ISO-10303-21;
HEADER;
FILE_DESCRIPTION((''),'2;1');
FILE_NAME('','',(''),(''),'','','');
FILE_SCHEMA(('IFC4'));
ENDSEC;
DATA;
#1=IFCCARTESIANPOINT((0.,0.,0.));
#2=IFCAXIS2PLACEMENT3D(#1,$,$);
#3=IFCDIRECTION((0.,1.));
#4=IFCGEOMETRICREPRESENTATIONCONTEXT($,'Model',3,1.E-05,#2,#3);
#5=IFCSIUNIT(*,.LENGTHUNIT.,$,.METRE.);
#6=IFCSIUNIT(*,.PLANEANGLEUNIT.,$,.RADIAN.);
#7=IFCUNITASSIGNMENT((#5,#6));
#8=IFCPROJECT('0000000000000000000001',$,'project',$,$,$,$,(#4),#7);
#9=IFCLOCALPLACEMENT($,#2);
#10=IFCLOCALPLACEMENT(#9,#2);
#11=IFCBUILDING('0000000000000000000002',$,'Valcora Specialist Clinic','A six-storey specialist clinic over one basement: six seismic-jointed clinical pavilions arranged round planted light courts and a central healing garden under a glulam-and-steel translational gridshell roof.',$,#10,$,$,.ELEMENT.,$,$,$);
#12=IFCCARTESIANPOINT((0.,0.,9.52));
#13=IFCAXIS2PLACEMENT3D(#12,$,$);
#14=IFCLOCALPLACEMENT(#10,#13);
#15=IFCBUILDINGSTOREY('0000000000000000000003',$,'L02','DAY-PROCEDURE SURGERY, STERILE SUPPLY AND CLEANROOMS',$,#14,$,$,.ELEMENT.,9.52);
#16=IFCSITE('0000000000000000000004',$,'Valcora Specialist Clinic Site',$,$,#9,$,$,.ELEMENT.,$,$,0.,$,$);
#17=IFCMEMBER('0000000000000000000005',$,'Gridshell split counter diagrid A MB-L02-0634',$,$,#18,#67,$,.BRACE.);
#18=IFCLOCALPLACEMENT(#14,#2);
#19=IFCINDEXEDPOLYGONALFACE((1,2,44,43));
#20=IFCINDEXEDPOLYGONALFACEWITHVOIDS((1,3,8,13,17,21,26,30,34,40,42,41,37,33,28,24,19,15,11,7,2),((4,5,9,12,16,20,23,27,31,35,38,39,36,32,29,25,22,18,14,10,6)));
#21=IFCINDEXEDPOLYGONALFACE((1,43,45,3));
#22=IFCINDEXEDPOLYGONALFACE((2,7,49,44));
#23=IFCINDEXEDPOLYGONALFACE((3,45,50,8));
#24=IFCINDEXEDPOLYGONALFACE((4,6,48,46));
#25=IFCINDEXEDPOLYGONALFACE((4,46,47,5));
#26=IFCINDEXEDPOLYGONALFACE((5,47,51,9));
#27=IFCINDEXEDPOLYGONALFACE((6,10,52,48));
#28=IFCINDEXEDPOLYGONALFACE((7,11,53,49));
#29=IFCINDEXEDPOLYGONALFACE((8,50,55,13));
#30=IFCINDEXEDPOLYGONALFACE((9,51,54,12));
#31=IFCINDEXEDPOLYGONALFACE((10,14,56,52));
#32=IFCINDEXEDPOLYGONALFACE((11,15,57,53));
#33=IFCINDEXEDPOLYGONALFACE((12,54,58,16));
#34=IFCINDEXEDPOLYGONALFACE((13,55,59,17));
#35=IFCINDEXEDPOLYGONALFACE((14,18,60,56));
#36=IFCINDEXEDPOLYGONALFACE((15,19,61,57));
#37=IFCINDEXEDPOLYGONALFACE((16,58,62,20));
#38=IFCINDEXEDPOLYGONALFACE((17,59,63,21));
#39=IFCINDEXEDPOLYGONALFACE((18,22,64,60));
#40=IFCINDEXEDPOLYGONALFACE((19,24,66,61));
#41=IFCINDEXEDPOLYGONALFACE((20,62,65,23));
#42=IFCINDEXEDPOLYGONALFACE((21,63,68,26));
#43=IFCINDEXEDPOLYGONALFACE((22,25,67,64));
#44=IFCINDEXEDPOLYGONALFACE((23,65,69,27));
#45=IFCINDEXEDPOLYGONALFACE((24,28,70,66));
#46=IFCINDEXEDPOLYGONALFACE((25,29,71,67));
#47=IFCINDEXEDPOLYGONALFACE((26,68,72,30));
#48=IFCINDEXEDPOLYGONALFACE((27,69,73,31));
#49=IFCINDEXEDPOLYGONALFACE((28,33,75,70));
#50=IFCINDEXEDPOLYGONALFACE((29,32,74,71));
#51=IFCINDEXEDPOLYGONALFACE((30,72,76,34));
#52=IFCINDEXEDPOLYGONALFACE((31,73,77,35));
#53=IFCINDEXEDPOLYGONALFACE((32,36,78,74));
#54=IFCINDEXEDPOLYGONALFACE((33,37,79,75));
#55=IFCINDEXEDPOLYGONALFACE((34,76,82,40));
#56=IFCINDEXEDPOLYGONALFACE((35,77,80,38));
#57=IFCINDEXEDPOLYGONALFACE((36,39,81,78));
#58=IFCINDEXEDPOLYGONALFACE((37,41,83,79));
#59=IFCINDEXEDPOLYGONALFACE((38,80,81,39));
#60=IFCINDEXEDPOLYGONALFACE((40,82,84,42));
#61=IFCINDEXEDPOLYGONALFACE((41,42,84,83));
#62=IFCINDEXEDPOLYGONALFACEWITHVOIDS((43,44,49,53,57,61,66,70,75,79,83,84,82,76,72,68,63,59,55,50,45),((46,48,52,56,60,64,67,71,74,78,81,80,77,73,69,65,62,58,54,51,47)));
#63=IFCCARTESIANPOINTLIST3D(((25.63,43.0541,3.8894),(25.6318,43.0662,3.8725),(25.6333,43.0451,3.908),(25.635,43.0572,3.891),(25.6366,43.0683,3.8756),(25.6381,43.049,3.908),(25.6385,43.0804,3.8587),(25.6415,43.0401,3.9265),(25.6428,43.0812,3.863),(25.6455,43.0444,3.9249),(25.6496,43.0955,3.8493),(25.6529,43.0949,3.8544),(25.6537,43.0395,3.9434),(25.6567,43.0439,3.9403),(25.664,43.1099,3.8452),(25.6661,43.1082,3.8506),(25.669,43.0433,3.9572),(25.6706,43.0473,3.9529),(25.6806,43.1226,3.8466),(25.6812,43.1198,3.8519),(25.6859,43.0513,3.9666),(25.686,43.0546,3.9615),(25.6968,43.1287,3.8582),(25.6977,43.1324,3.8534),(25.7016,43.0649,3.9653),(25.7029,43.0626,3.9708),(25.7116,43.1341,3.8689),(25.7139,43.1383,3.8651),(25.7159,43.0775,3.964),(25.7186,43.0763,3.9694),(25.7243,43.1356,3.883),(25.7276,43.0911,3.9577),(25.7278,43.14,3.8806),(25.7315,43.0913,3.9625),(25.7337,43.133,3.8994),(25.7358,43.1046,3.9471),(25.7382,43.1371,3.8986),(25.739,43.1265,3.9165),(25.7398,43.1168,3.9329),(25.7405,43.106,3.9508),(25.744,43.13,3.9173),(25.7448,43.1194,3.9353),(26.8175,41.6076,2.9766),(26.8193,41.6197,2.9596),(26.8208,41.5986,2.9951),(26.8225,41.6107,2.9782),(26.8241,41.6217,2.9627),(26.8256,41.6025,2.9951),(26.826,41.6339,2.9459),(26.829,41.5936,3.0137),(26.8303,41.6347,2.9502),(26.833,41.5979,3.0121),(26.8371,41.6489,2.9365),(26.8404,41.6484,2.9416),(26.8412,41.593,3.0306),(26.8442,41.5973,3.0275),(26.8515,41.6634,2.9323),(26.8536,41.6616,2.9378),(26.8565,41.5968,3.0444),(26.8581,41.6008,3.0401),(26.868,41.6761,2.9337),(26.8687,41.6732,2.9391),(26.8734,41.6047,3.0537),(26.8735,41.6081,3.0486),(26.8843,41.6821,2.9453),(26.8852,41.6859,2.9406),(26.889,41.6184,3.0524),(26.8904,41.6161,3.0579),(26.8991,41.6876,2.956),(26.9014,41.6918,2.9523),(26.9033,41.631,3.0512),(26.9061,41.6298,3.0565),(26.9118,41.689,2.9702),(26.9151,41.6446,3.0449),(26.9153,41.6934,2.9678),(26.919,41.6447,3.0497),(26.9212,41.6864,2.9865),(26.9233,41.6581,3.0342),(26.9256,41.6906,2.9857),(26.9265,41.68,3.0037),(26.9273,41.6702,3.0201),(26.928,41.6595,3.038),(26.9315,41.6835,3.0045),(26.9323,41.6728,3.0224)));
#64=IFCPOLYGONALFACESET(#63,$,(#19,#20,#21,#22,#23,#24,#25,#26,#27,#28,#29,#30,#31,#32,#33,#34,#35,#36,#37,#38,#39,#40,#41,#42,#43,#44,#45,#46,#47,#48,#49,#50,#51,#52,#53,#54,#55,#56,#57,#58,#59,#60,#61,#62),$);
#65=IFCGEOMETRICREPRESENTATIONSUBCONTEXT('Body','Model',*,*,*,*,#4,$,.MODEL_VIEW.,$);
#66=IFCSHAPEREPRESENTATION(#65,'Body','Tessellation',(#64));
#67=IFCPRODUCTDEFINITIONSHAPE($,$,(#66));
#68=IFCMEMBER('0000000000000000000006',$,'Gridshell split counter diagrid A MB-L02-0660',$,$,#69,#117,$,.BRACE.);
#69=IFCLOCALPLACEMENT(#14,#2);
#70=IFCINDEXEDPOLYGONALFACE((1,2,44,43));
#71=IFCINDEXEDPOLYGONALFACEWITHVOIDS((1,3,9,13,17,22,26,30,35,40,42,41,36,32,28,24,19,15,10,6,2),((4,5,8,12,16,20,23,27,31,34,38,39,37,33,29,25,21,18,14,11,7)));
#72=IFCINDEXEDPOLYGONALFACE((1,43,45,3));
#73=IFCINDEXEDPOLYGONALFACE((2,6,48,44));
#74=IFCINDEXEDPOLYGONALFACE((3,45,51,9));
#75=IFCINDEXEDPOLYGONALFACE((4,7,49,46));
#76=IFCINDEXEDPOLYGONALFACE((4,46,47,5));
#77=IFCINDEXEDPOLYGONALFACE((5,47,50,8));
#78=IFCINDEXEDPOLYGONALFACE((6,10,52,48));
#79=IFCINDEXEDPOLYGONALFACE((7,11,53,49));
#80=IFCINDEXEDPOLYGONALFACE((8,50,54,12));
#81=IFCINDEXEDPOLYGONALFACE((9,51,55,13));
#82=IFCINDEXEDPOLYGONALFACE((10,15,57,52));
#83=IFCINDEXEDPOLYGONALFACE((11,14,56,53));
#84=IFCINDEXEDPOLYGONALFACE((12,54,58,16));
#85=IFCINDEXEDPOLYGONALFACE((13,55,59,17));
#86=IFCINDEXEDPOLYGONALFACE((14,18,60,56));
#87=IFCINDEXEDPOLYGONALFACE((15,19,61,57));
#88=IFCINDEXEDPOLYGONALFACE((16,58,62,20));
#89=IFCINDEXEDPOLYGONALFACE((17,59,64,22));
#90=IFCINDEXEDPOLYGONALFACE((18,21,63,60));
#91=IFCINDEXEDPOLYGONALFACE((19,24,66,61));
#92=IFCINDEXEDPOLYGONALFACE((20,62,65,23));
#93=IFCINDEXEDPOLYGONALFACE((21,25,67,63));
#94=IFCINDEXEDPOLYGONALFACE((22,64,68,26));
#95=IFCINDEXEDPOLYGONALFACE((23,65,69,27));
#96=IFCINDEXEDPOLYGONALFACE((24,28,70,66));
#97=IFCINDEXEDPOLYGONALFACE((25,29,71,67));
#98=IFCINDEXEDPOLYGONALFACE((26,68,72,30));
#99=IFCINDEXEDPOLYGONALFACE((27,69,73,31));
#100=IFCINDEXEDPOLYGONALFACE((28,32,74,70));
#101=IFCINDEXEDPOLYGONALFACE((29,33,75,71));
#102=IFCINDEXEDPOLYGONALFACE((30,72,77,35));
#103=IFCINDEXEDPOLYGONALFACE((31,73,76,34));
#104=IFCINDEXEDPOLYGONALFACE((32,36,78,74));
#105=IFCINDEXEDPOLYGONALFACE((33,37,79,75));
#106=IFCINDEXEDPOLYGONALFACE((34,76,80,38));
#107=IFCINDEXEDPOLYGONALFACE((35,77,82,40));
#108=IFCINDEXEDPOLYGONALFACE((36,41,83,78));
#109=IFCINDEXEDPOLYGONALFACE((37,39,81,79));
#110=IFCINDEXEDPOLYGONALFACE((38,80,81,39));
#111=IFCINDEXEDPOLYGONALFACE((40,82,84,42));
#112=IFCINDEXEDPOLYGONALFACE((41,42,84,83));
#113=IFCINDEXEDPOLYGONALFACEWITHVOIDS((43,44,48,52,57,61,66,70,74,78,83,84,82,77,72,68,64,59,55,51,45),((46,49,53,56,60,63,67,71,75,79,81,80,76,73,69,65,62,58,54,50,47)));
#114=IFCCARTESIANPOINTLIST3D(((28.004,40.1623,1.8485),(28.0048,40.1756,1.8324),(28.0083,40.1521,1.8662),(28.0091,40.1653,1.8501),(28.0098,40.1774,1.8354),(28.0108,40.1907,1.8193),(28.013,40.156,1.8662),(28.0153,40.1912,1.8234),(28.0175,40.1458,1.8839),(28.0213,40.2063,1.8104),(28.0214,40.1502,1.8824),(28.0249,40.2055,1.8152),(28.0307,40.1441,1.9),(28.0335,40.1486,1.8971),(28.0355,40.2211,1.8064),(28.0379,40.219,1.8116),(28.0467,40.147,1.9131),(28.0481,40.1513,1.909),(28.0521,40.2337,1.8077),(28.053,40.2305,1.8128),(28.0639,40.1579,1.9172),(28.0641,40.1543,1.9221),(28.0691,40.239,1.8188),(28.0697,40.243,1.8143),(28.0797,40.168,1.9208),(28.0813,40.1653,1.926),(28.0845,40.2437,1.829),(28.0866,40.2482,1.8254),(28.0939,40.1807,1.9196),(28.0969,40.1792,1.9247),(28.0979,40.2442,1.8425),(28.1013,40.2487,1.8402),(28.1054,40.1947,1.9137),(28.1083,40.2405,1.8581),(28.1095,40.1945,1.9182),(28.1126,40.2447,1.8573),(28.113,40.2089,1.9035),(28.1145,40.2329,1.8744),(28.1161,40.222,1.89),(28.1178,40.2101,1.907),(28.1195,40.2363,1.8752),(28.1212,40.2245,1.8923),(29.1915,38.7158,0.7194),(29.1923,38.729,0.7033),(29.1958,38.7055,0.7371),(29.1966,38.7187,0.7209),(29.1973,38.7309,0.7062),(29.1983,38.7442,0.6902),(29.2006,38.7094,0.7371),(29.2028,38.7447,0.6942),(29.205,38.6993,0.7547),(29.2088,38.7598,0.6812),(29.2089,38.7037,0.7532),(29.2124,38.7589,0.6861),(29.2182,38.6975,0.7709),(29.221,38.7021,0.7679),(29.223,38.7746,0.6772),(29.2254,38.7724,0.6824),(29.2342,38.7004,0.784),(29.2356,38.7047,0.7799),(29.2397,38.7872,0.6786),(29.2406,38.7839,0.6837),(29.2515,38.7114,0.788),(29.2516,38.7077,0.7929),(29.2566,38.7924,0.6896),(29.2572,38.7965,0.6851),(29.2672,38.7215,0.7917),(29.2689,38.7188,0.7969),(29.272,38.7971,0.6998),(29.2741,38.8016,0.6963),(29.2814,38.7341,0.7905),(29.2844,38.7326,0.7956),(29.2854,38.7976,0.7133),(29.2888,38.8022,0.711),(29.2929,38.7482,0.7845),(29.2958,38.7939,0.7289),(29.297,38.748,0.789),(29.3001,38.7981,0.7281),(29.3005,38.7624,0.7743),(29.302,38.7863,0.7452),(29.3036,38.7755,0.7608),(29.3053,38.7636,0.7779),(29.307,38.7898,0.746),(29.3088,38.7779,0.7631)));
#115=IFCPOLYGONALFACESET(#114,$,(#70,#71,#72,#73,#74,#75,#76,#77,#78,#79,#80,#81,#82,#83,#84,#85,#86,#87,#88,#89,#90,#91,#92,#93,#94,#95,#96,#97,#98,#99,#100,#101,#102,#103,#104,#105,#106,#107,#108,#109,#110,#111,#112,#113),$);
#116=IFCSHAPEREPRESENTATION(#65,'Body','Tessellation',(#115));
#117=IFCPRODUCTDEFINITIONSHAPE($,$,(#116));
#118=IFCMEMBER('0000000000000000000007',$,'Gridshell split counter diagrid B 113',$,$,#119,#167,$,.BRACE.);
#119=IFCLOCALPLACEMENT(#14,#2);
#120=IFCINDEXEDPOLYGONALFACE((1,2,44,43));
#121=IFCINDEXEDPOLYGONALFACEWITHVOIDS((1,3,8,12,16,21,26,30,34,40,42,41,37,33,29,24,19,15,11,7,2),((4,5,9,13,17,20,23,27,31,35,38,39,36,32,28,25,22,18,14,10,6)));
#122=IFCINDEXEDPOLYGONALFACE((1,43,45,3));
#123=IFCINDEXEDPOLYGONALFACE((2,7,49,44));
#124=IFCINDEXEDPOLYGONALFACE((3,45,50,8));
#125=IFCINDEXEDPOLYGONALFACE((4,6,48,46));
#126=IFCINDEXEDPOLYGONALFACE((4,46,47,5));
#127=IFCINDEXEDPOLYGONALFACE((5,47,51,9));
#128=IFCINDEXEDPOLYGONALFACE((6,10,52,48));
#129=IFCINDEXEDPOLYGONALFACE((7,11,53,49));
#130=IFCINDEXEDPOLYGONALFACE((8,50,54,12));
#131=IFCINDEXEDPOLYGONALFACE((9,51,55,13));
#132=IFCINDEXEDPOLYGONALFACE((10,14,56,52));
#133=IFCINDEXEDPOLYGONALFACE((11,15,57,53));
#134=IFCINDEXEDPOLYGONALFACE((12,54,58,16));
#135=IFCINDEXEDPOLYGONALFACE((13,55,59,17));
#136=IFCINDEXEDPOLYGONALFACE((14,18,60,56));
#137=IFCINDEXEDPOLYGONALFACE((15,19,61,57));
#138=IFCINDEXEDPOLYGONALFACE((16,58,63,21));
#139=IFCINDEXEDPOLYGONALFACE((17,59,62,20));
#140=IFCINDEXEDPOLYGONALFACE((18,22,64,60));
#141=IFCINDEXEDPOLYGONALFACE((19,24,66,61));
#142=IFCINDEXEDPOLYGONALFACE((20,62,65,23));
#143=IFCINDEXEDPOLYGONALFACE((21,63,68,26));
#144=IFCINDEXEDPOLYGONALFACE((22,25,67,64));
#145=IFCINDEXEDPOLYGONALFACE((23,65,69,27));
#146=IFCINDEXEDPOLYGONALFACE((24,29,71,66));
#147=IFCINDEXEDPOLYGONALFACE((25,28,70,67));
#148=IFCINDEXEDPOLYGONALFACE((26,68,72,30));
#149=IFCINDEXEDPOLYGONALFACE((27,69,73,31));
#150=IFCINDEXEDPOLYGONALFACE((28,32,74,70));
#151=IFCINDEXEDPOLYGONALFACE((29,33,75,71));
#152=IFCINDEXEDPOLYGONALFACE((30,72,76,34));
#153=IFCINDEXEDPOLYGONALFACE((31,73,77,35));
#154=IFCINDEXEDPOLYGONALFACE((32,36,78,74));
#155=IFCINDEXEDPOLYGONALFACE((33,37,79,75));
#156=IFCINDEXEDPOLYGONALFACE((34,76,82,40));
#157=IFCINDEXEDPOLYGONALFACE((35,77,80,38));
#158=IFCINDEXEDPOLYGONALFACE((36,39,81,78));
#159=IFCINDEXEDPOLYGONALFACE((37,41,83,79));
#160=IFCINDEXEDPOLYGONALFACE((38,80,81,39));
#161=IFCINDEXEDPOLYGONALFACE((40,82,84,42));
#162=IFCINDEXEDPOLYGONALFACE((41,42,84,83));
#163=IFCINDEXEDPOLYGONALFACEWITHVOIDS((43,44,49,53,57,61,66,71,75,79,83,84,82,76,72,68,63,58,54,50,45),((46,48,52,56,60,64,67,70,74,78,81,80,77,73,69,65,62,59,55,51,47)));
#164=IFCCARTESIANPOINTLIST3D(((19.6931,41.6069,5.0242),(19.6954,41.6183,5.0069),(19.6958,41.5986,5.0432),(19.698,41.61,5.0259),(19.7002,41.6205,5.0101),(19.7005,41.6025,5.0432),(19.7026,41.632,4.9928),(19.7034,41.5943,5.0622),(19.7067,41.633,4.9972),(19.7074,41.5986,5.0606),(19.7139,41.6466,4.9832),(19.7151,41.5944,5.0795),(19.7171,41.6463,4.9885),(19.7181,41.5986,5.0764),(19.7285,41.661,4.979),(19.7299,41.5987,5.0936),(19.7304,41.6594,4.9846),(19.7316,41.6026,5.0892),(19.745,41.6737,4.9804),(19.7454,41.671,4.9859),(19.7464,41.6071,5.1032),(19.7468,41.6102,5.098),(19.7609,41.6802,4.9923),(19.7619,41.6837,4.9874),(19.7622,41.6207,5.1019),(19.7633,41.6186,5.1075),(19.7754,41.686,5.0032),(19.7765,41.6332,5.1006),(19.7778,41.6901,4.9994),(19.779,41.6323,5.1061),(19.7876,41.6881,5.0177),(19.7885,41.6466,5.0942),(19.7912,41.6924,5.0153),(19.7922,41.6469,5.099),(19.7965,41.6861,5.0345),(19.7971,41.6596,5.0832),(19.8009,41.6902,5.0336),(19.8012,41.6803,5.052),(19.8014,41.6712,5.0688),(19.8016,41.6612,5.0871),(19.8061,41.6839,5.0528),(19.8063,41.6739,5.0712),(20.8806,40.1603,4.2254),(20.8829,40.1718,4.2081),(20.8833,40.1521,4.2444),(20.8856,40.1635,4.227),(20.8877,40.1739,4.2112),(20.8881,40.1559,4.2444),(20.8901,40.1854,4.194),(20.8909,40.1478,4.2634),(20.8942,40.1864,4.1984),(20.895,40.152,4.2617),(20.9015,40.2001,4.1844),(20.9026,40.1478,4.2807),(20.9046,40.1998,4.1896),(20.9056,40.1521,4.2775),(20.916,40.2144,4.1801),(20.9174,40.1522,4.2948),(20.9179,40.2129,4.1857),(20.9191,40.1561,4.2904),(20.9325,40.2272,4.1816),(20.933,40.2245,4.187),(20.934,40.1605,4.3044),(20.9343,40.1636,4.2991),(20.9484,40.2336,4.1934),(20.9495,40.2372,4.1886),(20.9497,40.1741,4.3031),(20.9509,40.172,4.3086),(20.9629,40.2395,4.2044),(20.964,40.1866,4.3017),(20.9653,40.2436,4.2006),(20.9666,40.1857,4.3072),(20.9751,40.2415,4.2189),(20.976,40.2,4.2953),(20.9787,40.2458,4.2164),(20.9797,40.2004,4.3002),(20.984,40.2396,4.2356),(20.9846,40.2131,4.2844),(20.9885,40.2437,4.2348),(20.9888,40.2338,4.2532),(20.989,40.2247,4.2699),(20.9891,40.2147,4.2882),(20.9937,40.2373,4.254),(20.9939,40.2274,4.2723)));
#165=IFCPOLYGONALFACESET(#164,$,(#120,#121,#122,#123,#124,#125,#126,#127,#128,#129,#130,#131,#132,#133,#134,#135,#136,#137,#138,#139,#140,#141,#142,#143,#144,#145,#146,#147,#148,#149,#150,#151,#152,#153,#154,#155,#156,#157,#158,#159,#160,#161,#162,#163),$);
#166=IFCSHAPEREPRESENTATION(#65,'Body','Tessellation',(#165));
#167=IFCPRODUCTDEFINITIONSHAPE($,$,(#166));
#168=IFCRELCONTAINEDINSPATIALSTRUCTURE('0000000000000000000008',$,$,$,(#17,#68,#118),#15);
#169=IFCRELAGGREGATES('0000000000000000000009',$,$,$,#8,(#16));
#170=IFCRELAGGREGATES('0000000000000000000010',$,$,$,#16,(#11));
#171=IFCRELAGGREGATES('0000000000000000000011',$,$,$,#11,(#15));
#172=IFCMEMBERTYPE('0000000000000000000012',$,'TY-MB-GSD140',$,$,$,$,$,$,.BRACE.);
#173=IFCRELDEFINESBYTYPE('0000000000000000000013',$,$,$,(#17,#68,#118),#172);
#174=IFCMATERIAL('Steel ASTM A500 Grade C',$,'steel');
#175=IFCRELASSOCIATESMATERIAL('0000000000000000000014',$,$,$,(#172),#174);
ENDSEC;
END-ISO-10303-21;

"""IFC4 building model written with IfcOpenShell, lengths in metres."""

from ifc_helpers import new_model, si_unit, direction, frame, origin, origin_2d, place, context, subcontext, project, spatial, hollow_circle, extrude, material, material_profile, profile_set, type_object, element, save


model = new_model("IFC4")

# Units and contexts
model_context = context("Model", 3, precision=1e-05, world=origin(), true_north=direction((0.0, 1.0)))
body_context = subcontext(model_context, "Body", "Model", "MODEL_VIEW")
ifc_project = project(units=[si_unit("LENGTHUNIT", "METRE"), si_unit("PLANEANGLEUNIT", "RADIAN")], contexts=[model_context])

# Site, building, storey
site_placement = place(None, origin())
site = spatial("IfcSite", under=ifc_project, at=site_placement, Name="Valcora Specialist Clinic Site", CompositionType="ELEMENT", RefElevation=0.0)
building_placement = place(site_placement, origin())
building = spatial("IfcBuilding", under=site, at=building_placement, Name="Valcora Specialist Clinic", Description="A six-storey specialist clinic over one basement: six seismic-jointed clinical pavilions arranged round planted light courts and a central healing garden under a glulam-and-steel translational gridshell roof.", CompositionType="ELEMENT")
storey_placement = place(building_placement, frame((0.0, 0.0, 9.52)))
storey = spatial("IfcBuildingStorey", under=building, at=storey_placement, Name="L02", Description="DAY-PROCEDURE SURGERY, STERILE SUPPLY AND CLEANROOMS", CompositionType="ELEMENT", Elevation=9.52)

# Members
ifc_material_1 = material(Name="Steel ASTM A500 Grade C", Category="steel")
ifc_material_profile_1 = material_profile(ifc_material_1, hollow_circle(Radius=0.0701, WallThickness=0.0061, at=origin_2d()), Name="ST-CHS-140X6")
ifc_profile_set_1 = profile_set([ifc_material_profile_1], Name="Steel ASTM A500 Grade C")
member_type_1 = type_object("IfcMemberType", Name="TY-MB-GSD140", PredefinedType="BRACE", material=ifc_profile_set_1)
member_1_placement = place(storey_placement, frame((26.875, 41.6431, 2.9951), z_axis=(-0.570288, 0.694687, 0.438385), x_axis=(-0.772916, -0.634508, 0.0)))
element("IfcMember", 1, at=member_1_placement, inside=storey, type_object=member_type_1, Name="Gridshell split counter diagrid A MB-L02-0634", PredefinedType="BRACE", context=body_context, shape_type="SweptSolid", body=[
    extrude(hollow_circle(Radius=0.0701, WallThickness=0.0061, at=origin_2d()), origin(), (0.0, 0.0, 1.0), 2.0823),
])
member_2_placement = place(storey_placement, frame((29.25, 38.75, 0.7371), z_axis=(-0.543287, 0.661795, 0.516591), x_axis=(-0.772916, -0.634508, 0.0)))
element("IfcMember", 2, at=member_2_placement, inside=storey, type_object=member_type_1, Name="Gridshell split counter diagrid A MB-L02-0660", PredefinedType="BRACE", context=body_context, shape_type="SweptSolid", body=[
    extrude(hollow_circle(Radius=0.0701, WallThickness=0.0061, at=origin_2d()), origin(), (0.0, 0.0, 1.0), 2.1858),
])
member_3_placement = place(storey_placement, frame((20.9375, 40.1965, 4.2444), z_axis=(-0.583572, 0.710869, 0.392567), x_axis=(-0.772916, -0.634508, 0.0)))
element("IfcMember", 3, at=member_3_placement, inside=storey, type_object=member_type_1, Name="Gridshell split counter diagrid B 113", PredefinedType="BRACE", context=body_context, shape_type="SweptSolid", body=[
    extrude(hollow_circle(Radius=0.0701, WallThickness=0.0061, at=origin_2d()), origin(), (0.0, 0.0, 1.0), 2.0349),
])

save(model, "model.ifc")
